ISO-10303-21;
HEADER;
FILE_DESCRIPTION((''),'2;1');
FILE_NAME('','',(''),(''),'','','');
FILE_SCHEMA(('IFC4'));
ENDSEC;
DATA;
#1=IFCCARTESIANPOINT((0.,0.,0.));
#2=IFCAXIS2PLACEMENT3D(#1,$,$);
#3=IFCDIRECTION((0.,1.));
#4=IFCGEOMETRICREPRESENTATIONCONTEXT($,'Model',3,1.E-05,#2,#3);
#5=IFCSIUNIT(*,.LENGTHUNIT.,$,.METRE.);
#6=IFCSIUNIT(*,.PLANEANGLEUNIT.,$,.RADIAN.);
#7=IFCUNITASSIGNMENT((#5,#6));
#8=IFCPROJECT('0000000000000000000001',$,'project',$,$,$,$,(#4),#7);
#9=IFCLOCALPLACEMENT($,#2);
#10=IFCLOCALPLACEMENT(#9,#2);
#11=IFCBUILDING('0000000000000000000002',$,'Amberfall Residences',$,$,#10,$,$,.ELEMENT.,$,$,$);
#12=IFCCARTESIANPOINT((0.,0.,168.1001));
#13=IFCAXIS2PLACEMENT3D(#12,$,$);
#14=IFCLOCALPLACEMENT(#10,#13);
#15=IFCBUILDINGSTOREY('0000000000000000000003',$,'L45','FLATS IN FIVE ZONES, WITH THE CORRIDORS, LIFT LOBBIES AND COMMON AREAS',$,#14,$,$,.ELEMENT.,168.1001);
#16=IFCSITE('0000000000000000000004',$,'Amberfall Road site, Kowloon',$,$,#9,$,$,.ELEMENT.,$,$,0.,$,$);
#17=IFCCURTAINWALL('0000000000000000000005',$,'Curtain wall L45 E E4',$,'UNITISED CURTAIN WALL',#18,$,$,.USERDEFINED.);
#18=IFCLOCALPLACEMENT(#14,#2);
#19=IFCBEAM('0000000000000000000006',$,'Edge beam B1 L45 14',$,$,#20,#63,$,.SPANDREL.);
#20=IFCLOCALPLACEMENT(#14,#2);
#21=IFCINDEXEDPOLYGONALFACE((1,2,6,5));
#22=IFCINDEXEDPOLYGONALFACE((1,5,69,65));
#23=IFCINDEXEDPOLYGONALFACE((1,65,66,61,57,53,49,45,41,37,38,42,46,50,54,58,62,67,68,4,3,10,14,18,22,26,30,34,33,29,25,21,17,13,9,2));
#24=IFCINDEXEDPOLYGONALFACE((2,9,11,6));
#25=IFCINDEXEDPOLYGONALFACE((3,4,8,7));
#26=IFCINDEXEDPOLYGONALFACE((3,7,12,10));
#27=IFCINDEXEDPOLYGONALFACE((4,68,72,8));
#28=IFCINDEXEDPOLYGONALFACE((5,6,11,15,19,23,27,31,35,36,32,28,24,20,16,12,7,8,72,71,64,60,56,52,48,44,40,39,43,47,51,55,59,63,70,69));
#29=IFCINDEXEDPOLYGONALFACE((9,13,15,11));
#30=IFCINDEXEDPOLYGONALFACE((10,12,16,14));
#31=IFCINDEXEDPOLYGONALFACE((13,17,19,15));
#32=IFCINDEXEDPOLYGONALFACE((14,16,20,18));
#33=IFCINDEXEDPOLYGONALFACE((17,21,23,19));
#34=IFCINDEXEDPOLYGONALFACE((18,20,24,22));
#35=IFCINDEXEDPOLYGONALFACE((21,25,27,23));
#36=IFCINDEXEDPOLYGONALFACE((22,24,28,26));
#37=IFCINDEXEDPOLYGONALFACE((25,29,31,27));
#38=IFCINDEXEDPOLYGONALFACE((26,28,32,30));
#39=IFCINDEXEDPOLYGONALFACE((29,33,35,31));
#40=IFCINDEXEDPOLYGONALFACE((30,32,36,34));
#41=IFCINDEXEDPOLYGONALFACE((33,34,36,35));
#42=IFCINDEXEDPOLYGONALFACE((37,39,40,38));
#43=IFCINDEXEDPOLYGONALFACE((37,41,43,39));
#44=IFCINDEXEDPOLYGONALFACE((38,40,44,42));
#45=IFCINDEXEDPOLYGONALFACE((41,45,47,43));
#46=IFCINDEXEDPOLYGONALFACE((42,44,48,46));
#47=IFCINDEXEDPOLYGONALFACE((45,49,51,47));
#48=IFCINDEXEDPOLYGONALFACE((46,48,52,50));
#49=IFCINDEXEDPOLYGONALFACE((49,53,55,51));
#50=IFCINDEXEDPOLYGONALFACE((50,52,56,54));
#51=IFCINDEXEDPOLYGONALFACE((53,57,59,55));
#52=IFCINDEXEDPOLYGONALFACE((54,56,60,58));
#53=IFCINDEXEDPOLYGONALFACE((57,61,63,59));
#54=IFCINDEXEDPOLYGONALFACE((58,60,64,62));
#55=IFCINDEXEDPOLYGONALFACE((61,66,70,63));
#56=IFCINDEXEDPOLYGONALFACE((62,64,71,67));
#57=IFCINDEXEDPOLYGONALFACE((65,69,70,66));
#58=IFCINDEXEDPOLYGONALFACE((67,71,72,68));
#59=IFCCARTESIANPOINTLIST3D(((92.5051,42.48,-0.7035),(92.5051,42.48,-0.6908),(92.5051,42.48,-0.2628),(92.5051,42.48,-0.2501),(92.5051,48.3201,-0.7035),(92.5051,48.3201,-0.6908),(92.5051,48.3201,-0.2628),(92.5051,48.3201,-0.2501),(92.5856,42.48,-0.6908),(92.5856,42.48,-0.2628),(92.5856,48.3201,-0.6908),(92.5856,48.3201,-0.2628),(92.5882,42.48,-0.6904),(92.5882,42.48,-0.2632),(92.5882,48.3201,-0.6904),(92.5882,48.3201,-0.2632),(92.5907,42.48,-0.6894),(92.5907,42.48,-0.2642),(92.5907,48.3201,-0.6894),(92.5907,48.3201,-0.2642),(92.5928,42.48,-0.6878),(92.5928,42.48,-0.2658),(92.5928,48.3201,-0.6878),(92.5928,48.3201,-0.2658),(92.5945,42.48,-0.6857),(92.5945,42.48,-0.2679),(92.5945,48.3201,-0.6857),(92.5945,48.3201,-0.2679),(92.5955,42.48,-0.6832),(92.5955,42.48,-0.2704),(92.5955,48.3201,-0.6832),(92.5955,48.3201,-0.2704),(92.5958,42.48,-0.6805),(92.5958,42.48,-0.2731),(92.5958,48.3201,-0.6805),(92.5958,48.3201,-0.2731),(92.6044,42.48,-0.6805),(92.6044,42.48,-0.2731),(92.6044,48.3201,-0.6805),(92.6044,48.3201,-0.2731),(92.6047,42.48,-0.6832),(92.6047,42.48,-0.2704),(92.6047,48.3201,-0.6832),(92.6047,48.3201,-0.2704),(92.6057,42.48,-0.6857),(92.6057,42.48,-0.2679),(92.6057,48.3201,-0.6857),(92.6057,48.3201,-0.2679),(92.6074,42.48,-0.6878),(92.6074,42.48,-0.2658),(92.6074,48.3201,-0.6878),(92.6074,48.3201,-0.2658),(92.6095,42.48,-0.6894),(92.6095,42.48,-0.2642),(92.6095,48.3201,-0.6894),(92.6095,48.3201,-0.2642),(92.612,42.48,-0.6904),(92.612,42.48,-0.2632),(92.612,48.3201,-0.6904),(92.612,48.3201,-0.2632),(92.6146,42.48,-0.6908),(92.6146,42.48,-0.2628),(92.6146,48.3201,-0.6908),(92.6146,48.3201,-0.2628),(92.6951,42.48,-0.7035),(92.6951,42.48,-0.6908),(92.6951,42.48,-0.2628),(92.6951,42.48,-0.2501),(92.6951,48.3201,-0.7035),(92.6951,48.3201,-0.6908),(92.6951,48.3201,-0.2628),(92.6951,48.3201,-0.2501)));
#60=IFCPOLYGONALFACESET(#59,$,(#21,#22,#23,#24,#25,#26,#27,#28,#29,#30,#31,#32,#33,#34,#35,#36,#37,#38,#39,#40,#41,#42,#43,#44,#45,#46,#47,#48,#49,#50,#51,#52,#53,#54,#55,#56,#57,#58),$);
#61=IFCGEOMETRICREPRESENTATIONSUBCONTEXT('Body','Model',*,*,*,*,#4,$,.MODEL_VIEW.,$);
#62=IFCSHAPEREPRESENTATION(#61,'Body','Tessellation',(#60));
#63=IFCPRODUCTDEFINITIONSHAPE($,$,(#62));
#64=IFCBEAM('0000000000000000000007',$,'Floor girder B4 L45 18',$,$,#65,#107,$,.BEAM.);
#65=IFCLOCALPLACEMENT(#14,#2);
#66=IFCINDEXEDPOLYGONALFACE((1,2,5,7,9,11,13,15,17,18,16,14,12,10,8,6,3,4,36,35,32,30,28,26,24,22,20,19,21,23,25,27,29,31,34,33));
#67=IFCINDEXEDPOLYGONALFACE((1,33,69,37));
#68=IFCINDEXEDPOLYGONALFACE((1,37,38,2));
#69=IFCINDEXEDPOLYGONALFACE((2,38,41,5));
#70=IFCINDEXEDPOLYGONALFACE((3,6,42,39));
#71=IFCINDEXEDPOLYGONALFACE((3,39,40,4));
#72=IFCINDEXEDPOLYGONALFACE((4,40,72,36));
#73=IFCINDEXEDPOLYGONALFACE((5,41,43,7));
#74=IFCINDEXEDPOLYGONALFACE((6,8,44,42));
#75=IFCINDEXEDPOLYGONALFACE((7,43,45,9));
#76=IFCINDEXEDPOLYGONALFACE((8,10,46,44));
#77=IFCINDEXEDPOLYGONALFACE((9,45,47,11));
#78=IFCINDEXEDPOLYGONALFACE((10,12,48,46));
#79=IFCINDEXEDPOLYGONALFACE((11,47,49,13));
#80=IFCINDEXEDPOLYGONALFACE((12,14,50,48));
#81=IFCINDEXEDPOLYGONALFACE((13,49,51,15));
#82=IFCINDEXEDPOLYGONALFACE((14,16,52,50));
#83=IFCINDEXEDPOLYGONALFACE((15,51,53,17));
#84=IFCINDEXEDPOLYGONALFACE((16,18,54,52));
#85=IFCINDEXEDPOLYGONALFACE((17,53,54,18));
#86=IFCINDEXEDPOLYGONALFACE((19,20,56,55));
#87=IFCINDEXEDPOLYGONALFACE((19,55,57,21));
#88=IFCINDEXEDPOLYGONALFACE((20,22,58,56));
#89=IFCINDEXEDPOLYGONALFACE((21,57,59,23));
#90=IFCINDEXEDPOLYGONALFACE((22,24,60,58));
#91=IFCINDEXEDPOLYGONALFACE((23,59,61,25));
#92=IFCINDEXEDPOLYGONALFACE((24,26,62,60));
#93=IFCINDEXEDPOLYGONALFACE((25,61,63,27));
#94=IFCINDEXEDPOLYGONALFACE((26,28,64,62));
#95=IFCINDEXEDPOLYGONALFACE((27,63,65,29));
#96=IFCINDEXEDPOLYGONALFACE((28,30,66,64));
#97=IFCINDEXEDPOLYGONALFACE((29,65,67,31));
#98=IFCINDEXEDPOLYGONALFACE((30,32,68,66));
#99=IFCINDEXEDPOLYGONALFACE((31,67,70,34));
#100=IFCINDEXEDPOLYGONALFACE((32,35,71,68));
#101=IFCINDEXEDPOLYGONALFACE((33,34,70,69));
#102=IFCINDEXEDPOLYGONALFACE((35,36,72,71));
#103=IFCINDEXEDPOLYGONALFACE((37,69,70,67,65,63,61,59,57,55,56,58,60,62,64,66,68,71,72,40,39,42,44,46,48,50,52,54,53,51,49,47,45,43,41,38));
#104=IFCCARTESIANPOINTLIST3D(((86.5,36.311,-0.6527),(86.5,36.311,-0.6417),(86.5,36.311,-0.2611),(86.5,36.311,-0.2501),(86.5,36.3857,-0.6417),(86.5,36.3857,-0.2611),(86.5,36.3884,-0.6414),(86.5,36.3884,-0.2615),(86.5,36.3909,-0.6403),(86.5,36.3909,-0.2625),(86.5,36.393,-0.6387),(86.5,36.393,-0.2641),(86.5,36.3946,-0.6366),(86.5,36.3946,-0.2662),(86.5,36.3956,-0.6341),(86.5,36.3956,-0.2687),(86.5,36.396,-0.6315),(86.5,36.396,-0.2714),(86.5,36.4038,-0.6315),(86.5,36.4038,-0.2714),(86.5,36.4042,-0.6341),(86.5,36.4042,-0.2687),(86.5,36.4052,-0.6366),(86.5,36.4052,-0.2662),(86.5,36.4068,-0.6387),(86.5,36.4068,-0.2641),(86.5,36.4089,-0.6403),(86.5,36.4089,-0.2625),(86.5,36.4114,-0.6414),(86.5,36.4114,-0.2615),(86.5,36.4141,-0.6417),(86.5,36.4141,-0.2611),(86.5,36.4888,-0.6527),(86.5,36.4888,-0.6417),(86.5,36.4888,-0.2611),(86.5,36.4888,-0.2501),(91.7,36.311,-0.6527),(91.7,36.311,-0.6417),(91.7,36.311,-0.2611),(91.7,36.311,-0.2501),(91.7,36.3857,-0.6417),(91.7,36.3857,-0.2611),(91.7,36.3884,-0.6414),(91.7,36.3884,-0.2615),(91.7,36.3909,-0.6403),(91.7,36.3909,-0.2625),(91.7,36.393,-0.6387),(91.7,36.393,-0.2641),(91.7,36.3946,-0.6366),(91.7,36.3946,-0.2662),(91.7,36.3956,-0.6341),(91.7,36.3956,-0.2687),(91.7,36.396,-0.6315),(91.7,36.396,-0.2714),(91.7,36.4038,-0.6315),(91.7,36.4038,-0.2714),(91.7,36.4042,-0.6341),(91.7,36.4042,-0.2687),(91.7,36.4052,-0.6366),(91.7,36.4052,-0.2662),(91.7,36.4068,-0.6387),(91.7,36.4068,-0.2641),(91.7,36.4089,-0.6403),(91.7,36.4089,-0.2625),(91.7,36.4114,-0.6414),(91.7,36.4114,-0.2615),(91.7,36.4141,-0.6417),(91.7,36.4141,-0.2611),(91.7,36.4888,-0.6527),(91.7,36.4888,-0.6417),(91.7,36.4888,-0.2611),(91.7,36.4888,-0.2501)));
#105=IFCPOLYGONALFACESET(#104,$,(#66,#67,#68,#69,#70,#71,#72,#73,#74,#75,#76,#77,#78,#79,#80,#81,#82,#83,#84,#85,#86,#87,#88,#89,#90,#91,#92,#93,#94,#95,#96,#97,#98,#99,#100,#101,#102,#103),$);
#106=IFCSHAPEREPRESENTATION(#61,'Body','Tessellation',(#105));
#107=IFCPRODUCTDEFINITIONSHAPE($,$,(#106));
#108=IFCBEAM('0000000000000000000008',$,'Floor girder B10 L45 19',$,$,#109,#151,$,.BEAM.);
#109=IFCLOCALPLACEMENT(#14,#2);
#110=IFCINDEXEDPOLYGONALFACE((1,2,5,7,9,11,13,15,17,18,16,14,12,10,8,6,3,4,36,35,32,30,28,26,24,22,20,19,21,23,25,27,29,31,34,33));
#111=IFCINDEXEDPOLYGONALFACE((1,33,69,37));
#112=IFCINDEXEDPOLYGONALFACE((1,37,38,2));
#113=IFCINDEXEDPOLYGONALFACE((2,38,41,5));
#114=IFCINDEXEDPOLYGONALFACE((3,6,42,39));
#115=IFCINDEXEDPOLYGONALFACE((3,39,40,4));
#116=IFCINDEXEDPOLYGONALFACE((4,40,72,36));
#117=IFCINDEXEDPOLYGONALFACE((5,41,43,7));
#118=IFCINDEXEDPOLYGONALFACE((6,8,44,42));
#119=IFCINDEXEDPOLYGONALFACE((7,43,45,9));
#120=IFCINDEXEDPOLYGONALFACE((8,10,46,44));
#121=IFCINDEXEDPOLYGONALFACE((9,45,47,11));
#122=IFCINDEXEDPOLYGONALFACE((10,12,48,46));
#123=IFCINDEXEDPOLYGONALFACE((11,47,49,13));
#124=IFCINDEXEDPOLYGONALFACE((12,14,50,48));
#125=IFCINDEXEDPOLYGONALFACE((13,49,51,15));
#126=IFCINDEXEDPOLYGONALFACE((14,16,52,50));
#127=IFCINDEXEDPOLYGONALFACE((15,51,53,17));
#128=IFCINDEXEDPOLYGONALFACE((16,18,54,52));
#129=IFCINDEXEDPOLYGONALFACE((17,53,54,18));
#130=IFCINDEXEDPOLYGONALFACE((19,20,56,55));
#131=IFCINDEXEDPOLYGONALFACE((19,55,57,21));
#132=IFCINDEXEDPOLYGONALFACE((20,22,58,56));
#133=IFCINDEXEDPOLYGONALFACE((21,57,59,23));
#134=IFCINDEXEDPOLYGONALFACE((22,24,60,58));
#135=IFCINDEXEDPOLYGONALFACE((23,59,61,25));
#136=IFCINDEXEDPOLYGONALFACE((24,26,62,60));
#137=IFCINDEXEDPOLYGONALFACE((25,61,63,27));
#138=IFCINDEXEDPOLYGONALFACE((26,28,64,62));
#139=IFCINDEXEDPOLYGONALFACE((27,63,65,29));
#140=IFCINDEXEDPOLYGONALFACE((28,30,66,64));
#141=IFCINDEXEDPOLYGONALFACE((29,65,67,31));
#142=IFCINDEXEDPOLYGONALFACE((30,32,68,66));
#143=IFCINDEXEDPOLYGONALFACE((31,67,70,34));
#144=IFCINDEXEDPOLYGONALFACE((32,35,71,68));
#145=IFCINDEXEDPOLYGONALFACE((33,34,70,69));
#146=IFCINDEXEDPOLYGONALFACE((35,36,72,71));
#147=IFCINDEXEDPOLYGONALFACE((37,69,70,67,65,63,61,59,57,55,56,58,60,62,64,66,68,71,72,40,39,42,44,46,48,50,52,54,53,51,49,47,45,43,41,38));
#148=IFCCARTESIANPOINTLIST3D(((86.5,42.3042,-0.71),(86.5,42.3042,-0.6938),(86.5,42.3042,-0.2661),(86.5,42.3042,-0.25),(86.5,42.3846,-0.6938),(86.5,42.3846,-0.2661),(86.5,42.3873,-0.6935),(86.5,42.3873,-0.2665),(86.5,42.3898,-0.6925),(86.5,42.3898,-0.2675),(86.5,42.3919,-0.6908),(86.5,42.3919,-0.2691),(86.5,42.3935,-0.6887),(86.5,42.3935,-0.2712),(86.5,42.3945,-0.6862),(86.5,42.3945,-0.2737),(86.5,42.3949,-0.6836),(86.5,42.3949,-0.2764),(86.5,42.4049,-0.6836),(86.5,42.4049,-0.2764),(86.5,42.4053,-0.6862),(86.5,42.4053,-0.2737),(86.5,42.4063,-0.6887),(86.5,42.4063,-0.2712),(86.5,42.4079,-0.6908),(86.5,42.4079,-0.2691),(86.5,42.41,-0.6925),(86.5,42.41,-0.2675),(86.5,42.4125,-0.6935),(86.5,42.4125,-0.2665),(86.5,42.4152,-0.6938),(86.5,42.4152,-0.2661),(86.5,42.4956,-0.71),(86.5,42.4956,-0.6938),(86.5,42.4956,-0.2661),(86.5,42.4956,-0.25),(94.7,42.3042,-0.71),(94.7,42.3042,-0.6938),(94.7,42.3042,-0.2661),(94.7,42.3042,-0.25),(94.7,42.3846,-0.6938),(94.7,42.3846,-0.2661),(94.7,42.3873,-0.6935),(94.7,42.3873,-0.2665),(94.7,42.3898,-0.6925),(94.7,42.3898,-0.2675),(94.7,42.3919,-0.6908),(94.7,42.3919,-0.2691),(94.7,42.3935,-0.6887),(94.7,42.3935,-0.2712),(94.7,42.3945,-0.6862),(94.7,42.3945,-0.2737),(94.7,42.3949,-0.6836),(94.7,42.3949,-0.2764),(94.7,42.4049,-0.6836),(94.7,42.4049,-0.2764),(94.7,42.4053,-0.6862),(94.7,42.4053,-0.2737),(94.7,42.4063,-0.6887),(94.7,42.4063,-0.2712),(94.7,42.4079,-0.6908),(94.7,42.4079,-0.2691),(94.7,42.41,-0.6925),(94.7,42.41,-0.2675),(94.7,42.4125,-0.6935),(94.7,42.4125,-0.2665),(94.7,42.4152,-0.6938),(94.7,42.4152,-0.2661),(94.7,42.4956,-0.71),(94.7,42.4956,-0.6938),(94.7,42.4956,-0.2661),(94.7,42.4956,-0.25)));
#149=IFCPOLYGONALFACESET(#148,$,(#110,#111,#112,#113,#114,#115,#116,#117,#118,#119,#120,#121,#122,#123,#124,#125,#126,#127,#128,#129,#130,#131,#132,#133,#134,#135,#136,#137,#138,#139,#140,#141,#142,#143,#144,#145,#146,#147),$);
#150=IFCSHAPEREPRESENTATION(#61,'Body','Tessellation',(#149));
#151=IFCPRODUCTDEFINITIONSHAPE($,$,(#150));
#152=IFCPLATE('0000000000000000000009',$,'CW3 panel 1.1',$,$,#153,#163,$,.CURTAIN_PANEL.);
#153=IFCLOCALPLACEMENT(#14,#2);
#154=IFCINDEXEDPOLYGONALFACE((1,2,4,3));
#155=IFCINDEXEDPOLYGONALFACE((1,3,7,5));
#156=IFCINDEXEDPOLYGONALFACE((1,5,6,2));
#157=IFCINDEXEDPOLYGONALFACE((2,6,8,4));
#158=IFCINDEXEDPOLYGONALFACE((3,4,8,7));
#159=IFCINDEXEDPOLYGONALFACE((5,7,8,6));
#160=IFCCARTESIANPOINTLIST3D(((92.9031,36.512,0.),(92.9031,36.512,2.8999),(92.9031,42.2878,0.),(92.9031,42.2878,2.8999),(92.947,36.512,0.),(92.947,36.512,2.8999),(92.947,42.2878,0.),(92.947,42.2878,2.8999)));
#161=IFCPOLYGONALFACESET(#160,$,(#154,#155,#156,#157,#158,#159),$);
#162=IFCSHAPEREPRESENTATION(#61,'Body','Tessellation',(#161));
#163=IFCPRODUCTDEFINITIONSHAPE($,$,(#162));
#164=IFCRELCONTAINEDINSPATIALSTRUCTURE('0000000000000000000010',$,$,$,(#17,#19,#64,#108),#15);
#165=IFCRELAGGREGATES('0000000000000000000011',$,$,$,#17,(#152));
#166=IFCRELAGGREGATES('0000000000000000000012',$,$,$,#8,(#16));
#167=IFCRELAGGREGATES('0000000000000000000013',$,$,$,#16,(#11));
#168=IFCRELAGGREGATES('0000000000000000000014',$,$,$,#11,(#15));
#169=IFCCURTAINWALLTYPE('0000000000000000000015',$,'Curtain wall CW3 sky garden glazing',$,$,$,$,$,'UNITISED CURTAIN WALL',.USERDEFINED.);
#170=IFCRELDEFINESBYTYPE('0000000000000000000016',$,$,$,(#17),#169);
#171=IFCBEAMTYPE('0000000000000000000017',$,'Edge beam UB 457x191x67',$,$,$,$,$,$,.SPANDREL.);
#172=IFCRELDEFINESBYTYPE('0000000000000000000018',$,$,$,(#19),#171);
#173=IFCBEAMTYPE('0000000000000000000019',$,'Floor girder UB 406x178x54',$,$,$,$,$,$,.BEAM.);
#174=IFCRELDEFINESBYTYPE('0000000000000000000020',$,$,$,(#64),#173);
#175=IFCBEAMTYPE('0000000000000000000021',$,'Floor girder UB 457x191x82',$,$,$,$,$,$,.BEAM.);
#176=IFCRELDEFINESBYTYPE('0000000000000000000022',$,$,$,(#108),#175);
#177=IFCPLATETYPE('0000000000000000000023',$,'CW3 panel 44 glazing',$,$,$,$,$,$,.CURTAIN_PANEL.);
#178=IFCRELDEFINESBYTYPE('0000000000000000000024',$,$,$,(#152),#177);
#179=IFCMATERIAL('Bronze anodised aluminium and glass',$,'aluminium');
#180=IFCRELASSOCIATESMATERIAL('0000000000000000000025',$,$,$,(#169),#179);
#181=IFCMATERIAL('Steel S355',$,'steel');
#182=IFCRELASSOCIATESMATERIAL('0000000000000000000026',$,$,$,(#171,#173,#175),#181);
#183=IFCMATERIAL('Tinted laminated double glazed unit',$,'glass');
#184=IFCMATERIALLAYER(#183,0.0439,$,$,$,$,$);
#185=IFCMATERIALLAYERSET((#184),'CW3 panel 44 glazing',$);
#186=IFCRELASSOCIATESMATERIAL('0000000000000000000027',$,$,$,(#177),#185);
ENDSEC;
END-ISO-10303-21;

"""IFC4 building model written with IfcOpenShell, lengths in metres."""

from ifc_helpers import new_model, si_unit, direction, frame, origin, origin_2d, place, context, subcontext, project, spatial, rectangle, i_section, extrude, material, layer, layer_set, material_profile, profile_set, type_object, element, aggregate, save


model = new_model("IFC4")

# Units and contexts
model_context = context("Model", 3, precision=1e-05, world=origin(), true_north=direction((0.0, 1.0)))
body_context = subcontext(model_context, "Body", "Model", "MODEL_VIEW")
ifc_project = project(units=[si_unit("LENGTHUNIT", "METRE"), si_unit("PLANEANGLEUNIT", "RADIAN")], contexts=[model_context])

# Site, building, storey
site_placement = place(None, origin())
site = spatial("IfcSite", under=ifc_project, at=site_placement, Name="Amberfall Road site, Kowloon", CompositionType="ELEMENT", RefElevation=0.0)
building_placement = place(site_placement, origin())
building = spatial("IfcBuilding", under=site, at=building_placement, Name="Amberfall Residences", CompositionType="ELEMENT")
storey_placement = place(building_placement, frame((0.0, 0.0, 168.1001)))
storey = spatial("IfcBuildingStorey", under=building, at=storey_placement, Name="L45", Description="FLATS IN FIVE ZONES, WITH THE CORRIDORS, LIFT LOBBIES AND COMMON AREAS", CompositionType="ELEMENT", Elevation=168.1001)

# Curtain wall
ifc_material_1 = material(Name="Bronze anodised aluminium and glass", Category="aluminium")
curtain_wall_type = type_object("IfcCurtainWallType", Name="Curtain wall CW3 sky garden glazing", ElementType="UNITISED CURTAIN WALL", PredefinedType="USERDEFINED", material=ifc_material_1)
curtain_wall_1_placement = place(storey_placement, origin())
curtain_wall_1 = element("IfcCurtainWall", 1, at=curtain_wall_1_placement, inside=storey, type_object=curtain_wall_type, Name="Curtain wall L45 E E4", ObjectType="UNITISED CURTAIN WALL", PredefinedType="USERDEFINED")

# Beams
ifc_material_2 = material(Name="Steel S355", Category="steel")
ifc_material_profile_1 = material_profile(ifc_material_2, i_section(OverallWidth=0.1899, OverallDepth=0.4534, WebThickness=0.0085, FlangeThickness=0.0127, FilletRadius=0.0103, at=origin_2d()), Name="UB 457x191x67")
ifc_profile_set_1 = profile_set([ifc_material_profile_1], Name="Steel S355")
beam_type_1 = type_object("IfcBeamType", Name="Edge beam UB 457x191x67", PredefinedType="SPANDREL", material=ifc_profile_set_1)
beam_1_placement = place(storey_placement, frame((92.6001, 42.48, -0.4768), z_axis=(0.0, 1.0, 0.0), x_axis=(-1.0, 0.0, 0.0)))
element("IfcBeam", 2, at=beam_1_placement, inside=storey, type_object=beam_type_1, Name="Edge beam B1 L45 14", PredefinedType="SPANDREL", context=body_context, shape_type="SweptSolid", body=[
    extrude(i_section(OverallWidth=0.1899, OverallDepth=0.4534, WebThickness=0.0085, FlangeThickness=0.0127, FilletRadius=0.0103, at=origin_2d()), origin(), (0.0, 0.0, 1.0), 5.8401),
])
ifc_material_profile_2 = material_profile(ifc_material_2, i_section(OverallWidth=0.1777, OverallDepth=0.4026, WebThickness=0.0078, FlangeThickness=0.011, FilletRadius=0.0103, at=origin_2d()), Name="UB 406x178x54")
ifc_profile_set_2 = profile_set([ifc_material_profile_2], Name="Steel S355")
beam_type_2 = type_object("IfcBeamType", Name="Floor girder UB 406x178x54", PredefinedType="BEAM", material=ifc_profile_set_2)
beam_2_placement = place(storey_placement, frame((91.7, 36.3999, -0.4514), z_axis=(-1.0, 0.0, 0.0), x_axis=(0.0, -1.0, 0.0)))
element("IfcBeam", 3, at=beam_2_placement, inside=storey, type_object=beam_type_2, Name="Floor girder B4 L45 18", PredefinedType="BEAM", context=body_context, shape_type="SweptSolid", body=[
    extrude(i_section(OverallWidth=0.1777, OverallDepth=0.4026, WebThickness=0.0078, FlangeThickness=0.011, FilletRadius=0.0103, at=origin_2d()), origin(), (0.0, 0.0, 1.0), 5.2),
])
ifc_material_profile_3 = material_profile(ifc_material_2, i_section(OverallWidth=0.1914, OverallDepth=0.46, WebThickness=0.01, FlangeThickness=0.0161, FilletRadius=0.0103, at=origin_2d()), Name="UB 457x191x82")
ifc_profile_set_3 = profile_set([ifc_material_profile_3], Name="Steel S355")
beam_type_3 = type_object("IfcBeamType", Name="Floor girder UB 457x191x82", PredefinedType="BEAM", material=ifc_profile_set_3)
beam_3_placement = place(storey_placement, frame((94.7, 42.3999, -0.48), z_axis=(-1.0, 0.0, 0.0), x_axis=(0.0, -1.0, 0.0)))
element("IfcBeam", 4, at=beam_3_placement, inside=storey, type_object=beam_type_3, Name="Floor girder B10 L45 19", PredefinedType="BEAM", context=body_context, shape_type="SweptSolid", body=[
    extrude(i_section(OverallWidth=0.1914, OverallDepth=0.46, WebThickness=0.01, FlangeThickness=0.0161, FilletRadius=0.0103, at=origin_2d()), origin(), (0.0, 0.0, 1.0), 8.2),
])

# Plate
ifc_material_3 = material(Name="Tinted laminated double glazed unit", Category="glass")
ifc_layer_1 = layer(ifc_material_3, 0.0439)
ifc_layer_set_1 = layer_set([ifc_layer_1], Name="CW3 panel 44 glazing")
plate_type = type_object("IfcPlateType", Name="CW3 panel 44 glazing", PredefinedType="CURTAIN_PANEL", material=ifc_layer_set_1)
plate_placement = place(storey_placement, frame((92.925, 39.3999, 0.0), z_axis=(0.0, 0.0, 1.0), x_axis=(0.0, 1.0, 0.0)))
plate = element("IfcPlate", 5, at=plate_placement, type_object=plate_type, Name="CW3 panel 1.1", PredefinedType="CURTAIN_PANEL", context=body_context, shape_type="SweptSolid", body=[
    extrude(rectangle(XDim=5.7759, YDim=0.0439, at=origin_2d()), origin(), (0.0, 0.0, 1.0), 2.8999),
])
aggregate(curtain_wall_1, [plate])

save(model, "model.ifc")
